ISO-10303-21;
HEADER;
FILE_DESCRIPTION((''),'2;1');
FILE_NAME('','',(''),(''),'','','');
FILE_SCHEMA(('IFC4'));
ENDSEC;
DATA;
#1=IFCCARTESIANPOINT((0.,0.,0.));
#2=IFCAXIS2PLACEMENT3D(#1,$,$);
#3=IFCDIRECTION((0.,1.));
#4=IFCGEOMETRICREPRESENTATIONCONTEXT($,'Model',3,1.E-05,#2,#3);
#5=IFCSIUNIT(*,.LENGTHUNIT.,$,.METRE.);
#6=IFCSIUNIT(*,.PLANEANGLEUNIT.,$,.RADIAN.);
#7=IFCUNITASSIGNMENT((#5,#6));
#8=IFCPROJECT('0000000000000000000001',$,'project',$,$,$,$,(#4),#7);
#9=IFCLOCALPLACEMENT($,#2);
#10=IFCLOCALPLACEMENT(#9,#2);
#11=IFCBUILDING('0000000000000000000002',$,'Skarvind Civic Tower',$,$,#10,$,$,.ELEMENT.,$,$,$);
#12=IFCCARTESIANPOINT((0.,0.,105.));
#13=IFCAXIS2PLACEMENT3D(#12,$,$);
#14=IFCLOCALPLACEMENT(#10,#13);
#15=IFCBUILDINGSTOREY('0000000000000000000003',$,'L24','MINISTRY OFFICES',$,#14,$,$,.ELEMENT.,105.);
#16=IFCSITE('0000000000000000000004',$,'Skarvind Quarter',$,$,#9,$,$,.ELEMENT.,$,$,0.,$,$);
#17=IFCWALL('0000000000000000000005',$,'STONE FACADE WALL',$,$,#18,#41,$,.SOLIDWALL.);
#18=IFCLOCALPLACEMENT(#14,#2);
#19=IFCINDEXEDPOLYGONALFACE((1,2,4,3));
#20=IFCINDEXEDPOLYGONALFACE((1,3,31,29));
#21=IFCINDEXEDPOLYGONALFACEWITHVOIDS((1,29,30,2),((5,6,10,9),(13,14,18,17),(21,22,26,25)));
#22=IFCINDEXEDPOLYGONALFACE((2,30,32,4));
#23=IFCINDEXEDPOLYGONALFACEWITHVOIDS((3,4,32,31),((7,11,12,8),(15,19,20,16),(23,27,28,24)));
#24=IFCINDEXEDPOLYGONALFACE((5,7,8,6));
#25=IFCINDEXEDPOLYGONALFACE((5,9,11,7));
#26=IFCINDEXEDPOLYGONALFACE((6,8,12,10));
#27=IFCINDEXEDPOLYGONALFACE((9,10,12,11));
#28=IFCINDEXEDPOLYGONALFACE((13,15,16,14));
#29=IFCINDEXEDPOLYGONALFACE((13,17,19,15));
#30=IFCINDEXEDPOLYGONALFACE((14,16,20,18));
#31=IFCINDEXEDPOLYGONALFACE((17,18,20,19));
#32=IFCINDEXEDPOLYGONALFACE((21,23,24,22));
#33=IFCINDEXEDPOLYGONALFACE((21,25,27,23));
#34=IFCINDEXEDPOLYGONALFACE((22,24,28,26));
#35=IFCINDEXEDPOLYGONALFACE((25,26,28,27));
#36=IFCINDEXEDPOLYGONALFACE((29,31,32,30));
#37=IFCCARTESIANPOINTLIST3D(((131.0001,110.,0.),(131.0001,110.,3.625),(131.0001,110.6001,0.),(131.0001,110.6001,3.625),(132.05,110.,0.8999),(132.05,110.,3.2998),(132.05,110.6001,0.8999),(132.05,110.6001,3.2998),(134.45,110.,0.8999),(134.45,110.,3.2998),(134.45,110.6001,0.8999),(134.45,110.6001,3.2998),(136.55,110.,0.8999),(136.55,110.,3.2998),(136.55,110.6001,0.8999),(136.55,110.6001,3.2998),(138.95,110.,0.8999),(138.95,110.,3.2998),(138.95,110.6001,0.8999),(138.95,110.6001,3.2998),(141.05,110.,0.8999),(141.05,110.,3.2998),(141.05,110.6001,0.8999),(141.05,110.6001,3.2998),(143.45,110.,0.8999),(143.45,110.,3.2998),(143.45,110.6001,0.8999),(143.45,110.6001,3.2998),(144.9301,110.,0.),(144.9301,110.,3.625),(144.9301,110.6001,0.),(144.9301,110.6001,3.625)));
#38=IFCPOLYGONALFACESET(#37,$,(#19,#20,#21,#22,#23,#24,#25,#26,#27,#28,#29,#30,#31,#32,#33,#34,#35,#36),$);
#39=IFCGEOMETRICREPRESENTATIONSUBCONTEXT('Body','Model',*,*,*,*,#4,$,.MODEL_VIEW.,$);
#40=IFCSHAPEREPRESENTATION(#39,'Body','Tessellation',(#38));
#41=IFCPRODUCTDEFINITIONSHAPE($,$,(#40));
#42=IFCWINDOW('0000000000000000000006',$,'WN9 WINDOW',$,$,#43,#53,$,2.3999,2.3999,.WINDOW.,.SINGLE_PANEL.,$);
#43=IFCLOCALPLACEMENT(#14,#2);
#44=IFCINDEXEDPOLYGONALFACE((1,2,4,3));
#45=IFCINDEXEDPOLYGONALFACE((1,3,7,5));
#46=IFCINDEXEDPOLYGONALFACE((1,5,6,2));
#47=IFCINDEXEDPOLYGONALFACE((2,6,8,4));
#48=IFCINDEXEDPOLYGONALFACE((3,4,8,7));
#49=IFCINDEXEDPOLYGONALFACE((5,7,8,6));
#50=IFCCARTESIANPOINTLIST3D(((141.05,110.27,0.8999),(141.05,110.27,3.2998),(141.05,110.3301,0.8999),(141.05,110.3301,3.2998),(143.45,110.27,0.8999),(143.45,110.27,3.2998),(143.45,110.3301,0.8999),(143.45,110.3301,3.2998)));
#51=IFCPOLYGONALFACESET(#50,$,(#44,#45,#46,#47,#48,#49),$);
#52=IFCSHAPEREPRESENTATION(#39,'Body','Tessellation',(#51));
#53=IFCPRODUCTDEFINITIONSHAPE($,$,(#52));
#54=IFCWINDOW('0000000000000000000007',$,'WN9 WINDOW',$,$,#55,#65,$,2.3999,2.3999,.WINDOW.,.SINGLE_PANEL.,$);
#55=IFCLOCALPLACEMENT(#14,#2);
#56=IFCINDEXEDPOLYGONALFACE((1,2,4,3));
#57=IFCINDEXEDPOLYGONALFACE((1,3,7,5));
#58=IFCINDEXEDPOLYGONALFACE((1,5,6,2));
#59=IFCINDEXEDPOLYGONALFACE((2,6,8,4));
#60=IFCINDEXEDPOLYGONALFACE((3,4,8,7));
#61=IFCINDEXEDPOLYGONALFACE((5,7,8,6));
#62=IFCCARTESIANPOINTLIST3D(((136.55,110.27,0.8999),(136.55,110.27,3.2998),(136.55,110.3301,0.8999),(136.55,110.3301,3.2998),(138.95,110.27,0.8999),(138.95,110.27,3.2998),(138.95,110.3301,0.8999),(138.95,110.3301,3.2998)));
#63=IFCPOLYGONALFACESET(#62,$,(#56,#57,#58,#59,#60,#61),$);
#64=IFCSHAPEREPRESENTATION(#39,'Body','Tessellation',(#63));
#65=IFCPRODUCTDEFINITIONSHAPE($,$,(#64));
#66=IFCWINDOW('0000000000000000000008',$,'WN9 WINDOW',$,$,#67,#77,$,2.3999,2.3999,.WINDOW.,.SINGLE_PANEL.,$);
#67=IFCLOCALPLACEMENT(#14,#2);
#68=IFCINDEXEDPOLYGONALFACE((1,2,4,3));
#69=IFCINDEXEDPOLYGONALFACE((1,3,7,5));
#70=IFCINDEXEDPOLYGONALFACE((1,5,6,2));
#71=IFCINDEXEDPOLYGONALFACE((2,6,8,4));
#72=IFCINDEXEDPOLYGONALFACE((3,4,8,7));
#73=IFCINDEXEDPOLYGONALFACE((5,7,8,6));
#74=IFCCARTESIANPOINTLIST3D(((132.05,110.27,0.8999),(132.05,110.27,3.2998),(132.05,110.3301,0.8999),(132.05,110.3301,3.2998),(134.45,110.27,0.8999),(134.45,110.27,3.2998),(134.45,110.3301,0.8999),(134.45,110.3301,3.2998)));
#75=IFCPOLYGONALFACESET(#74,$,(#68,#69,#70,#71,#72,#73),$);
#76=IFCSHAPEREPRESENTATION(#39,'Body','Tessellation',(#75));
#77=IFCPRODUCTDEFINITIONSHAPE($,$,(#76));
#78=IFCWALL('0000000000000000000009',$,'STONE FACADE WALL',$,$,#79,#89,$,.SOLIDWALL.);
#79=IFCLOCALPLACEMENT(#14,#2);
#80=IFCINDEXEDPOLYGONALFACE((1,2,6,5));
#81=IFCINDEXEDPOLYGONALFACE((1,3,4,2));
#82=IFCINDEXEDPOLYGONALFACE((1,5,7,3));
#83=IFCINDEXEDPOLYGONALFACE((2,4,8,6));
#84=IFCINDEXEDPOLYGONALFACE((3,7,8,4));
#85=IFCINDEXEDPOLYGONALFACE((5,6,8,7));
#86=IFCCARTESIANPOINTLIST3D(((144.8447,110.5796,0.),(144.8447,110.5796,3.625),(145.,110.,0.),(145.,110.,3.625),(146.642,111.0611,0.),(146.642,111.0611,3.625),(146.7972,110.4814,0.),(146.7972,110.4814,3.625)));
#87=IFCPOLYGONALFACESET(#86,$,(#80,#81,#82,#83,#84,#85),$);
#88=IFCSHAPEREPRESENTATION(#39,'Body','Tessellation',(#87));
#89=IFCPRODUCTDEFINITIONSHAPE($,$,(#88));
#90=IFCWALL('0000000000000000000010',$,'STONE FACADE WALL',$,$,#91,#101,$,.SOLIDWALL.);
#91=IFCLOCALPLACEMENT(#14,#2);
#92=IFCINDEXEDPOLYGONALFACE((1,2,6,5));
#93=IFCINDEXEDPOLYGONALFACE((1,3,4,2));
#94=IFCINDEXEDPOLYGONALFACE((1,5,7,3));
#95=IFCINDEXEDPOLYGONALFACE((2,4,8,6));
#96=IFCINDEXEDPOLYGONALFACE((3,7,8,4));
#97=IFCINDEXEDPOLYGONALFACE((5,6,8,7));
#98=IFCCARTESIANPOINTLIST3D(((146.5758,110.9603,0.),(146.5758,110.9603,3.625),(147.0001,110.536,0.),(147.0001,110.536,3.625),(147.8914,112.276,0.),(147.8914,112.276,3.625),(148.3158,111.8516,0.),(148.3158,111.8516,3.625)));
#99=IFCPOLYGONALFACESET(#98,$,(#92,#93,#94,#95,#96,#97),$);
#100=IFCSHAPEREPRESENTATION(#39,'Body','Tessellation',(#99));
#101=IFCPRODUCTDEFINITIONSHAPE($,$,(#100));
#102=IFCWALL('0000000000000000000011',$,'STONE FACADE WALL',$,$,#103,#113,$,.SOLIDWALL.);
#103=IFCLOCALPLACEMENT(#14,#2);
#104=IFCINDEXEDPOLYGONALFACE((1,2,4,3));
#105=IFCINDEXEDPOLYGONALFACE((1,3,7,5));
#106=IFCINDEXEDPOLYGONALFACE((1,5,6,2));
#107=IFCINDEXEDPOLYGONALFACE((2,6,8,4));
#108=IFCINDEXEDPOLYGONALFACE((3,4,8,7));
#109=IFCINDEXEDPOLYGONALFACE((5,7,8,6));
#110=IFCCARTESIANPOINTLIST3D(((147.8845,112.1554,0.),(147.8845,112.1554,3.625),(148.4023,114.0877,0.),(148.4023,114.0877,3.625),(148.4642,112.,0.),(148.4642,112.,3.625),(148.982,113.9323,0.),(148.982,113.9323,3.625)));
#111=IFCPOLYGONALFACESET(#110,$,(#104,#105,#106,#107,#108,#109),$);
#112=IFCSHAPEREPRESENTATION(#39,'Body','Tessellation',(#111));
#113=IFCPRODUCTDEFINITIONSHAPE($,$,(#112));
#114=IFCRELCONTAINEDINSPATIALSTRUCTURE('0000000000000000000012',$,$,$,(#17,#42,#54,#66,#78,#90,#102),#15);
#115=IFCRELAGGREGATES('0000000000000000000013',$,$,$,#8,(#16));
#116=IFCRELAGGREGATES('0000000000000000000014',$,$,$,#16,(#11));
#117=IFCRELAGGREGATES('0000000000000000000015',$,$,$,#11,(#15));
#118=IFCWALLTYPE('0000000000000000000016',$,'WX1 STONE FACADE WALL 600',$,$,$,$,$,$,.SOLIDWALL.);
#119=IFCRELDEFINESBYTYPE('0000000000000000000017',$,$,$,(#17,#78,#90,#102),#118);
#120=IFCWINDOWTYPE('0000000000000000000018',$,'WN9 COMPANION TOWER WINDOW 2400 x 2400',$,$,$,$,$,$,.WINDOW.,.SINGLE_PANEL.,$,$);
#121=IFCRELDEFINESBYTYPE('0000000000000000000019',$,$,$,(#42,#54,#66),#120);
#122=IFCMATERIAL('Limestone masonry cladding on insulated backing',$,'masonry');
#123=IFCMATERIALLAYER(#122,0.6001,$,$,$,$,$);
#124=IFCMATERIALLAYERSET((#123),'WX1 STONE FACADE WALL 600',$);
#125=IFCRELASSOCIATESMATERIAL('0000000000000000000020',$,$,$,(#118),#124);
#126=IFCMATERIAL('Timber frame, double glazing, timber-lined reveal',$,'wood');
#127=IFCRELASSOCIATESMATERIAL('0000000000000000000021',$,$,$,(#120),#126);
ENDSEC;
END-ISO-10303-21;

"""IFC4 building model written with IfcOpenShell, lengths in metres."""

from ifc_helpers import new_model, si_unit, direction, frame, frame_2d, origin, place, context, subcontext, project, spatial, rectangle, extrude, material, layer, layer_set, type_object, element, fill, save


model = new_model("IFC4")

# Units and contexts
model_context = context("Model", 3, precision=1e-05, world=origin(), true_north=direction((0.0, 1.0)))
body_context = subcontext(model_context, "Body", "Model", "MODEL_VIEW")
ifc_project = project(units=[si_unit("LENGTHUNIT", "METRE"), si_unit("PLANEANGLEUNIT", "RADIAN")], contexts=[model_context])

# Site, building, storey
site_placement = place(None, origin())
site = spatial("IfcSite", under=ifc_project, at=site_placement, Name="Skarvind Quarter", CompositionType="ELEMENT", RefElevation=0.0)
building_placement = place(site_placement, origin())
building = spatial("IfcBuilding", under=site, at=building_placement, Name="Skarvind Civic Tower", CompositionType="ELEMENT")
storey_placement = place(building_placement, frame((0.0, 0.0, 105.0)))
storey = spatial("IfcBuildingStorey", under=building, at=storey_placement, Name="L24", Description="MINISTRY OFFICES", CompositionType="ELEMENT", Elevation=105.0)

# Wall, openings, windows
ifc_material_1 = material(Name="Limestone masonry cladding on insulated backing", Category="masonry")
ifc_layer_1 = layer(ifc_material_1, 0.6001)
ifc_layer_set_1 = layer_set([ifc_layer_1], Name="WX1 STONE FACADE WALL 600")
wall_type_1 = type_object("IfcWallType", Name="WX1 STONE FACADE WALL 600", PredefinedType="SOLIDWALL", material=ifc_layer_set_1)
wall_1_placement = place(storey_placement, frame((144.9299, 110.3, 0.0), z_axis=(0.0, 0.0, 1.0), x_axis=(-1.0, 0.0, 0.0)))
wall_1 = element("IfcWall", 1, at=wall_1_placement, inside=storey, type_object=wall_type_1, Name="STONE FACADE WALL", PredefinedType="SOLIDWALL", context=body_context, shape_type="SweptSolid", body=[
    extrude(rectangle(XDim=13.9299, YDim=0.6001, at=frame_2d((6.9648, 0.0))), origin(), (0.0, 0.0, 1.0), 3.625),
])
opening_1_placement = place(wall_1_placement, frame((1.48, 0.0, 0.8999)))
opening_1 = element("IfcOpeningElement", 2, at=opening_1_placement, cuts=wall_1, PredefinedType="OPENING", context=body_context, shape_type="SweptSolid", body=[
    extrude(rectangle(XDim=2.3999, YDim=2.3999, at=frame_2d((1.2, 1.2))), frame((0.0, 0.3101, 0.0), z_axis=(0.0, -1.0, 0.0), x_axis=(1.0, 0.0, 0.0)), (0.0, 0.0, 1.0), 0.6201),
])
opening_2_placement = place(wall_1_placement, frame((5.98, 0.0, 0.8999)))
opening_2 = element("IfcOpeningElement", 3, at=opening_2_placement, cuts=wall_1, PredefinedType="OPENING", context=body_context, shape_type="SweptSolid", body=[
    extrude(rectangle(XDim=2.3999, YDim=2.3999, at=frame_2d((1.2, 1.2))), frame((0.0, 0.3101, 0.0), z_axis=(0.0, -1.0, 0.0), x_axis=(1.0, 0.0, 0.0)), (0.0, 0.0, 1.0), 0.6201),
])
opening_3_placement = place(wall_1_placement, frame((10.48, 0.0, 0.8999)))
opening_3 = element("IfcOpeningElement", 4, at=opening_3_placement, cuts=wall_1, PredefinedType="OPENING", context=body_context, shape_type="SweptSolid", body=[
    extrude(rectangle(XDim=2.3999, YDim=2.3999, at=frame_2d((1.2, 1.2))), frame((0.0, 0.3101, 0.0), z_axis=(0.0, -1.0, 0.0), x_axis=(1.0, 0.0, 0.0)), (0.0, 0.0, 1.0), 0.6201),
])
ifc_material_2 = material(Name="Timber frame, double glazing, timber-lined reveal", Category="wood")
window_type = type_object("IfcWindowType", Name="WN9 COMPANION TOWER WINDOW 2400 x 2400", PartitioningType="SINGLE_PANEL", PredefinedType="WINDOW", material=ifc_material_2)
window_1_placement = place(opening_1_placement, origin())
window_1 = element("IfcWindow", 5, at=window_1_placement, inside=storey, type_object=window_type, Name="WN9 WINDOW", OverallHeight=2.3999, OverallWidth=2.3999, PartitioningType="SINGLE_PANEL", PredefinedType="WINDOW", context=body_context, shape_type="SweptSolid", body=[
    extrude(rectangle(XDim=2.3999, YDim=2.3999, at=frame_2d((1.2, 1.2))), frame((0.0, 0.03, 0.0), z_axis=(0.0, -1.0, 0.0), x_axis=(1.0, 0.0, 0.0)), (0.0, 0.0, 1.0), 0.0601),
])
fill(opening_1, window_1)
window_2_placement = place(opening_2_placement, origin())
window_2 = element("IfcWindow", 6, at=window_2_placement, inside=storey, type_object=window_type, Name="WN9 WINDOW", OverallHeight=2.3999, OverallWidth=2.3999, PartitioningType="SINGLE_PANEL", PredefinedType="WINDOW", context=body_context, shape_type="SweptSolid", body=[
    extrude(rectangle(XDim=2.3999, YDim=2.3999, at=frame_2d((1.2, 1.2))), frame((0.0, 0.03, 0.0), z_axis=(0.0, -1.0, 0.0), x_axis=(1.0, 0.0, 0.0)), (0.0, 0.0, 1.0), 0.0601),
])
fill(opening_2, window_2)
window_3_placement = place(opening_3_placement, origin())
window_3 = element("IfcWindow", 7, at=window_3_placement, inside=storey, type_object=window_type, Name="WN9 WINDOW", OverallHeight=2.3999, OverallWidth=2.3999, PartitioningType="SINGLE_PANEL", PredefinedType="WINDOW", context=body_context, shape_type="SweptSolid", body=[
    extrude(rectangle(XDim=2.3999, YDim=2.3999, at=frame_2d((1.2, 1.2))), frame((0.0, 0.03, 0.0), z_axis=(0.0, -1.0, 0.0), x_axis=(1.0, 0.0, 0.0)), (0.0, 0.0, 1.0), 0.0601),
])
fill(opening_3, window_3)

# Walls
for number, where, z_axis, x_axis, name in (
    (8, (146.7195, 110.7712, 0.0), (0.0, 0.0, 1.0), (-0.965938, -0.258773, 0.0), "STONE FACADE WALL"),
    (9, (148.1035, 112.0637, 0.0), (0.0, 0.0, 1.0), (-0.707107, -0.707107, 0.0), "STONE FACADE WALL"),
):
    element("IfcWall", number, at=place(storey_placement, frame(where, z_axis=z_axis, x_axis=x_axis)), inside=storey, type_object=wall_type_1, Name=name, PredefinedType="SOLIDWALL", context=body_context, shape_type="SweptSolid", body=[
        extrude(rectangle(XDim=1.8606, YDim=0.6001, at=frame_2d((0.9302, 0.0))), origin(), (0.0, 0.0, 1.0), 3.625),
    ])
wall_2_placement = place(storey_placement, frame((148.6921, 114.01, 0.0), z_axis=(0.0, 0.0, 1.0), x_axis=(-0.25884, -0.96592, 0.0)))
element("IfcWall", 10, at=wall_2_placement, inside=storey, type_object=wall_type_1, Name="STONE FACADE WALL", PredefinedType="SOLIDWALL", context=body_context, shape_type="SweptSolid", body=[
    extrude(rectangle(XDim=2.0005, YDim=0.6001, at=frame_2d((1.0002, 0.0))), origin(), (0.0, 0.0, 1.0), 3.625),
])

save(model, "model.ifc")
